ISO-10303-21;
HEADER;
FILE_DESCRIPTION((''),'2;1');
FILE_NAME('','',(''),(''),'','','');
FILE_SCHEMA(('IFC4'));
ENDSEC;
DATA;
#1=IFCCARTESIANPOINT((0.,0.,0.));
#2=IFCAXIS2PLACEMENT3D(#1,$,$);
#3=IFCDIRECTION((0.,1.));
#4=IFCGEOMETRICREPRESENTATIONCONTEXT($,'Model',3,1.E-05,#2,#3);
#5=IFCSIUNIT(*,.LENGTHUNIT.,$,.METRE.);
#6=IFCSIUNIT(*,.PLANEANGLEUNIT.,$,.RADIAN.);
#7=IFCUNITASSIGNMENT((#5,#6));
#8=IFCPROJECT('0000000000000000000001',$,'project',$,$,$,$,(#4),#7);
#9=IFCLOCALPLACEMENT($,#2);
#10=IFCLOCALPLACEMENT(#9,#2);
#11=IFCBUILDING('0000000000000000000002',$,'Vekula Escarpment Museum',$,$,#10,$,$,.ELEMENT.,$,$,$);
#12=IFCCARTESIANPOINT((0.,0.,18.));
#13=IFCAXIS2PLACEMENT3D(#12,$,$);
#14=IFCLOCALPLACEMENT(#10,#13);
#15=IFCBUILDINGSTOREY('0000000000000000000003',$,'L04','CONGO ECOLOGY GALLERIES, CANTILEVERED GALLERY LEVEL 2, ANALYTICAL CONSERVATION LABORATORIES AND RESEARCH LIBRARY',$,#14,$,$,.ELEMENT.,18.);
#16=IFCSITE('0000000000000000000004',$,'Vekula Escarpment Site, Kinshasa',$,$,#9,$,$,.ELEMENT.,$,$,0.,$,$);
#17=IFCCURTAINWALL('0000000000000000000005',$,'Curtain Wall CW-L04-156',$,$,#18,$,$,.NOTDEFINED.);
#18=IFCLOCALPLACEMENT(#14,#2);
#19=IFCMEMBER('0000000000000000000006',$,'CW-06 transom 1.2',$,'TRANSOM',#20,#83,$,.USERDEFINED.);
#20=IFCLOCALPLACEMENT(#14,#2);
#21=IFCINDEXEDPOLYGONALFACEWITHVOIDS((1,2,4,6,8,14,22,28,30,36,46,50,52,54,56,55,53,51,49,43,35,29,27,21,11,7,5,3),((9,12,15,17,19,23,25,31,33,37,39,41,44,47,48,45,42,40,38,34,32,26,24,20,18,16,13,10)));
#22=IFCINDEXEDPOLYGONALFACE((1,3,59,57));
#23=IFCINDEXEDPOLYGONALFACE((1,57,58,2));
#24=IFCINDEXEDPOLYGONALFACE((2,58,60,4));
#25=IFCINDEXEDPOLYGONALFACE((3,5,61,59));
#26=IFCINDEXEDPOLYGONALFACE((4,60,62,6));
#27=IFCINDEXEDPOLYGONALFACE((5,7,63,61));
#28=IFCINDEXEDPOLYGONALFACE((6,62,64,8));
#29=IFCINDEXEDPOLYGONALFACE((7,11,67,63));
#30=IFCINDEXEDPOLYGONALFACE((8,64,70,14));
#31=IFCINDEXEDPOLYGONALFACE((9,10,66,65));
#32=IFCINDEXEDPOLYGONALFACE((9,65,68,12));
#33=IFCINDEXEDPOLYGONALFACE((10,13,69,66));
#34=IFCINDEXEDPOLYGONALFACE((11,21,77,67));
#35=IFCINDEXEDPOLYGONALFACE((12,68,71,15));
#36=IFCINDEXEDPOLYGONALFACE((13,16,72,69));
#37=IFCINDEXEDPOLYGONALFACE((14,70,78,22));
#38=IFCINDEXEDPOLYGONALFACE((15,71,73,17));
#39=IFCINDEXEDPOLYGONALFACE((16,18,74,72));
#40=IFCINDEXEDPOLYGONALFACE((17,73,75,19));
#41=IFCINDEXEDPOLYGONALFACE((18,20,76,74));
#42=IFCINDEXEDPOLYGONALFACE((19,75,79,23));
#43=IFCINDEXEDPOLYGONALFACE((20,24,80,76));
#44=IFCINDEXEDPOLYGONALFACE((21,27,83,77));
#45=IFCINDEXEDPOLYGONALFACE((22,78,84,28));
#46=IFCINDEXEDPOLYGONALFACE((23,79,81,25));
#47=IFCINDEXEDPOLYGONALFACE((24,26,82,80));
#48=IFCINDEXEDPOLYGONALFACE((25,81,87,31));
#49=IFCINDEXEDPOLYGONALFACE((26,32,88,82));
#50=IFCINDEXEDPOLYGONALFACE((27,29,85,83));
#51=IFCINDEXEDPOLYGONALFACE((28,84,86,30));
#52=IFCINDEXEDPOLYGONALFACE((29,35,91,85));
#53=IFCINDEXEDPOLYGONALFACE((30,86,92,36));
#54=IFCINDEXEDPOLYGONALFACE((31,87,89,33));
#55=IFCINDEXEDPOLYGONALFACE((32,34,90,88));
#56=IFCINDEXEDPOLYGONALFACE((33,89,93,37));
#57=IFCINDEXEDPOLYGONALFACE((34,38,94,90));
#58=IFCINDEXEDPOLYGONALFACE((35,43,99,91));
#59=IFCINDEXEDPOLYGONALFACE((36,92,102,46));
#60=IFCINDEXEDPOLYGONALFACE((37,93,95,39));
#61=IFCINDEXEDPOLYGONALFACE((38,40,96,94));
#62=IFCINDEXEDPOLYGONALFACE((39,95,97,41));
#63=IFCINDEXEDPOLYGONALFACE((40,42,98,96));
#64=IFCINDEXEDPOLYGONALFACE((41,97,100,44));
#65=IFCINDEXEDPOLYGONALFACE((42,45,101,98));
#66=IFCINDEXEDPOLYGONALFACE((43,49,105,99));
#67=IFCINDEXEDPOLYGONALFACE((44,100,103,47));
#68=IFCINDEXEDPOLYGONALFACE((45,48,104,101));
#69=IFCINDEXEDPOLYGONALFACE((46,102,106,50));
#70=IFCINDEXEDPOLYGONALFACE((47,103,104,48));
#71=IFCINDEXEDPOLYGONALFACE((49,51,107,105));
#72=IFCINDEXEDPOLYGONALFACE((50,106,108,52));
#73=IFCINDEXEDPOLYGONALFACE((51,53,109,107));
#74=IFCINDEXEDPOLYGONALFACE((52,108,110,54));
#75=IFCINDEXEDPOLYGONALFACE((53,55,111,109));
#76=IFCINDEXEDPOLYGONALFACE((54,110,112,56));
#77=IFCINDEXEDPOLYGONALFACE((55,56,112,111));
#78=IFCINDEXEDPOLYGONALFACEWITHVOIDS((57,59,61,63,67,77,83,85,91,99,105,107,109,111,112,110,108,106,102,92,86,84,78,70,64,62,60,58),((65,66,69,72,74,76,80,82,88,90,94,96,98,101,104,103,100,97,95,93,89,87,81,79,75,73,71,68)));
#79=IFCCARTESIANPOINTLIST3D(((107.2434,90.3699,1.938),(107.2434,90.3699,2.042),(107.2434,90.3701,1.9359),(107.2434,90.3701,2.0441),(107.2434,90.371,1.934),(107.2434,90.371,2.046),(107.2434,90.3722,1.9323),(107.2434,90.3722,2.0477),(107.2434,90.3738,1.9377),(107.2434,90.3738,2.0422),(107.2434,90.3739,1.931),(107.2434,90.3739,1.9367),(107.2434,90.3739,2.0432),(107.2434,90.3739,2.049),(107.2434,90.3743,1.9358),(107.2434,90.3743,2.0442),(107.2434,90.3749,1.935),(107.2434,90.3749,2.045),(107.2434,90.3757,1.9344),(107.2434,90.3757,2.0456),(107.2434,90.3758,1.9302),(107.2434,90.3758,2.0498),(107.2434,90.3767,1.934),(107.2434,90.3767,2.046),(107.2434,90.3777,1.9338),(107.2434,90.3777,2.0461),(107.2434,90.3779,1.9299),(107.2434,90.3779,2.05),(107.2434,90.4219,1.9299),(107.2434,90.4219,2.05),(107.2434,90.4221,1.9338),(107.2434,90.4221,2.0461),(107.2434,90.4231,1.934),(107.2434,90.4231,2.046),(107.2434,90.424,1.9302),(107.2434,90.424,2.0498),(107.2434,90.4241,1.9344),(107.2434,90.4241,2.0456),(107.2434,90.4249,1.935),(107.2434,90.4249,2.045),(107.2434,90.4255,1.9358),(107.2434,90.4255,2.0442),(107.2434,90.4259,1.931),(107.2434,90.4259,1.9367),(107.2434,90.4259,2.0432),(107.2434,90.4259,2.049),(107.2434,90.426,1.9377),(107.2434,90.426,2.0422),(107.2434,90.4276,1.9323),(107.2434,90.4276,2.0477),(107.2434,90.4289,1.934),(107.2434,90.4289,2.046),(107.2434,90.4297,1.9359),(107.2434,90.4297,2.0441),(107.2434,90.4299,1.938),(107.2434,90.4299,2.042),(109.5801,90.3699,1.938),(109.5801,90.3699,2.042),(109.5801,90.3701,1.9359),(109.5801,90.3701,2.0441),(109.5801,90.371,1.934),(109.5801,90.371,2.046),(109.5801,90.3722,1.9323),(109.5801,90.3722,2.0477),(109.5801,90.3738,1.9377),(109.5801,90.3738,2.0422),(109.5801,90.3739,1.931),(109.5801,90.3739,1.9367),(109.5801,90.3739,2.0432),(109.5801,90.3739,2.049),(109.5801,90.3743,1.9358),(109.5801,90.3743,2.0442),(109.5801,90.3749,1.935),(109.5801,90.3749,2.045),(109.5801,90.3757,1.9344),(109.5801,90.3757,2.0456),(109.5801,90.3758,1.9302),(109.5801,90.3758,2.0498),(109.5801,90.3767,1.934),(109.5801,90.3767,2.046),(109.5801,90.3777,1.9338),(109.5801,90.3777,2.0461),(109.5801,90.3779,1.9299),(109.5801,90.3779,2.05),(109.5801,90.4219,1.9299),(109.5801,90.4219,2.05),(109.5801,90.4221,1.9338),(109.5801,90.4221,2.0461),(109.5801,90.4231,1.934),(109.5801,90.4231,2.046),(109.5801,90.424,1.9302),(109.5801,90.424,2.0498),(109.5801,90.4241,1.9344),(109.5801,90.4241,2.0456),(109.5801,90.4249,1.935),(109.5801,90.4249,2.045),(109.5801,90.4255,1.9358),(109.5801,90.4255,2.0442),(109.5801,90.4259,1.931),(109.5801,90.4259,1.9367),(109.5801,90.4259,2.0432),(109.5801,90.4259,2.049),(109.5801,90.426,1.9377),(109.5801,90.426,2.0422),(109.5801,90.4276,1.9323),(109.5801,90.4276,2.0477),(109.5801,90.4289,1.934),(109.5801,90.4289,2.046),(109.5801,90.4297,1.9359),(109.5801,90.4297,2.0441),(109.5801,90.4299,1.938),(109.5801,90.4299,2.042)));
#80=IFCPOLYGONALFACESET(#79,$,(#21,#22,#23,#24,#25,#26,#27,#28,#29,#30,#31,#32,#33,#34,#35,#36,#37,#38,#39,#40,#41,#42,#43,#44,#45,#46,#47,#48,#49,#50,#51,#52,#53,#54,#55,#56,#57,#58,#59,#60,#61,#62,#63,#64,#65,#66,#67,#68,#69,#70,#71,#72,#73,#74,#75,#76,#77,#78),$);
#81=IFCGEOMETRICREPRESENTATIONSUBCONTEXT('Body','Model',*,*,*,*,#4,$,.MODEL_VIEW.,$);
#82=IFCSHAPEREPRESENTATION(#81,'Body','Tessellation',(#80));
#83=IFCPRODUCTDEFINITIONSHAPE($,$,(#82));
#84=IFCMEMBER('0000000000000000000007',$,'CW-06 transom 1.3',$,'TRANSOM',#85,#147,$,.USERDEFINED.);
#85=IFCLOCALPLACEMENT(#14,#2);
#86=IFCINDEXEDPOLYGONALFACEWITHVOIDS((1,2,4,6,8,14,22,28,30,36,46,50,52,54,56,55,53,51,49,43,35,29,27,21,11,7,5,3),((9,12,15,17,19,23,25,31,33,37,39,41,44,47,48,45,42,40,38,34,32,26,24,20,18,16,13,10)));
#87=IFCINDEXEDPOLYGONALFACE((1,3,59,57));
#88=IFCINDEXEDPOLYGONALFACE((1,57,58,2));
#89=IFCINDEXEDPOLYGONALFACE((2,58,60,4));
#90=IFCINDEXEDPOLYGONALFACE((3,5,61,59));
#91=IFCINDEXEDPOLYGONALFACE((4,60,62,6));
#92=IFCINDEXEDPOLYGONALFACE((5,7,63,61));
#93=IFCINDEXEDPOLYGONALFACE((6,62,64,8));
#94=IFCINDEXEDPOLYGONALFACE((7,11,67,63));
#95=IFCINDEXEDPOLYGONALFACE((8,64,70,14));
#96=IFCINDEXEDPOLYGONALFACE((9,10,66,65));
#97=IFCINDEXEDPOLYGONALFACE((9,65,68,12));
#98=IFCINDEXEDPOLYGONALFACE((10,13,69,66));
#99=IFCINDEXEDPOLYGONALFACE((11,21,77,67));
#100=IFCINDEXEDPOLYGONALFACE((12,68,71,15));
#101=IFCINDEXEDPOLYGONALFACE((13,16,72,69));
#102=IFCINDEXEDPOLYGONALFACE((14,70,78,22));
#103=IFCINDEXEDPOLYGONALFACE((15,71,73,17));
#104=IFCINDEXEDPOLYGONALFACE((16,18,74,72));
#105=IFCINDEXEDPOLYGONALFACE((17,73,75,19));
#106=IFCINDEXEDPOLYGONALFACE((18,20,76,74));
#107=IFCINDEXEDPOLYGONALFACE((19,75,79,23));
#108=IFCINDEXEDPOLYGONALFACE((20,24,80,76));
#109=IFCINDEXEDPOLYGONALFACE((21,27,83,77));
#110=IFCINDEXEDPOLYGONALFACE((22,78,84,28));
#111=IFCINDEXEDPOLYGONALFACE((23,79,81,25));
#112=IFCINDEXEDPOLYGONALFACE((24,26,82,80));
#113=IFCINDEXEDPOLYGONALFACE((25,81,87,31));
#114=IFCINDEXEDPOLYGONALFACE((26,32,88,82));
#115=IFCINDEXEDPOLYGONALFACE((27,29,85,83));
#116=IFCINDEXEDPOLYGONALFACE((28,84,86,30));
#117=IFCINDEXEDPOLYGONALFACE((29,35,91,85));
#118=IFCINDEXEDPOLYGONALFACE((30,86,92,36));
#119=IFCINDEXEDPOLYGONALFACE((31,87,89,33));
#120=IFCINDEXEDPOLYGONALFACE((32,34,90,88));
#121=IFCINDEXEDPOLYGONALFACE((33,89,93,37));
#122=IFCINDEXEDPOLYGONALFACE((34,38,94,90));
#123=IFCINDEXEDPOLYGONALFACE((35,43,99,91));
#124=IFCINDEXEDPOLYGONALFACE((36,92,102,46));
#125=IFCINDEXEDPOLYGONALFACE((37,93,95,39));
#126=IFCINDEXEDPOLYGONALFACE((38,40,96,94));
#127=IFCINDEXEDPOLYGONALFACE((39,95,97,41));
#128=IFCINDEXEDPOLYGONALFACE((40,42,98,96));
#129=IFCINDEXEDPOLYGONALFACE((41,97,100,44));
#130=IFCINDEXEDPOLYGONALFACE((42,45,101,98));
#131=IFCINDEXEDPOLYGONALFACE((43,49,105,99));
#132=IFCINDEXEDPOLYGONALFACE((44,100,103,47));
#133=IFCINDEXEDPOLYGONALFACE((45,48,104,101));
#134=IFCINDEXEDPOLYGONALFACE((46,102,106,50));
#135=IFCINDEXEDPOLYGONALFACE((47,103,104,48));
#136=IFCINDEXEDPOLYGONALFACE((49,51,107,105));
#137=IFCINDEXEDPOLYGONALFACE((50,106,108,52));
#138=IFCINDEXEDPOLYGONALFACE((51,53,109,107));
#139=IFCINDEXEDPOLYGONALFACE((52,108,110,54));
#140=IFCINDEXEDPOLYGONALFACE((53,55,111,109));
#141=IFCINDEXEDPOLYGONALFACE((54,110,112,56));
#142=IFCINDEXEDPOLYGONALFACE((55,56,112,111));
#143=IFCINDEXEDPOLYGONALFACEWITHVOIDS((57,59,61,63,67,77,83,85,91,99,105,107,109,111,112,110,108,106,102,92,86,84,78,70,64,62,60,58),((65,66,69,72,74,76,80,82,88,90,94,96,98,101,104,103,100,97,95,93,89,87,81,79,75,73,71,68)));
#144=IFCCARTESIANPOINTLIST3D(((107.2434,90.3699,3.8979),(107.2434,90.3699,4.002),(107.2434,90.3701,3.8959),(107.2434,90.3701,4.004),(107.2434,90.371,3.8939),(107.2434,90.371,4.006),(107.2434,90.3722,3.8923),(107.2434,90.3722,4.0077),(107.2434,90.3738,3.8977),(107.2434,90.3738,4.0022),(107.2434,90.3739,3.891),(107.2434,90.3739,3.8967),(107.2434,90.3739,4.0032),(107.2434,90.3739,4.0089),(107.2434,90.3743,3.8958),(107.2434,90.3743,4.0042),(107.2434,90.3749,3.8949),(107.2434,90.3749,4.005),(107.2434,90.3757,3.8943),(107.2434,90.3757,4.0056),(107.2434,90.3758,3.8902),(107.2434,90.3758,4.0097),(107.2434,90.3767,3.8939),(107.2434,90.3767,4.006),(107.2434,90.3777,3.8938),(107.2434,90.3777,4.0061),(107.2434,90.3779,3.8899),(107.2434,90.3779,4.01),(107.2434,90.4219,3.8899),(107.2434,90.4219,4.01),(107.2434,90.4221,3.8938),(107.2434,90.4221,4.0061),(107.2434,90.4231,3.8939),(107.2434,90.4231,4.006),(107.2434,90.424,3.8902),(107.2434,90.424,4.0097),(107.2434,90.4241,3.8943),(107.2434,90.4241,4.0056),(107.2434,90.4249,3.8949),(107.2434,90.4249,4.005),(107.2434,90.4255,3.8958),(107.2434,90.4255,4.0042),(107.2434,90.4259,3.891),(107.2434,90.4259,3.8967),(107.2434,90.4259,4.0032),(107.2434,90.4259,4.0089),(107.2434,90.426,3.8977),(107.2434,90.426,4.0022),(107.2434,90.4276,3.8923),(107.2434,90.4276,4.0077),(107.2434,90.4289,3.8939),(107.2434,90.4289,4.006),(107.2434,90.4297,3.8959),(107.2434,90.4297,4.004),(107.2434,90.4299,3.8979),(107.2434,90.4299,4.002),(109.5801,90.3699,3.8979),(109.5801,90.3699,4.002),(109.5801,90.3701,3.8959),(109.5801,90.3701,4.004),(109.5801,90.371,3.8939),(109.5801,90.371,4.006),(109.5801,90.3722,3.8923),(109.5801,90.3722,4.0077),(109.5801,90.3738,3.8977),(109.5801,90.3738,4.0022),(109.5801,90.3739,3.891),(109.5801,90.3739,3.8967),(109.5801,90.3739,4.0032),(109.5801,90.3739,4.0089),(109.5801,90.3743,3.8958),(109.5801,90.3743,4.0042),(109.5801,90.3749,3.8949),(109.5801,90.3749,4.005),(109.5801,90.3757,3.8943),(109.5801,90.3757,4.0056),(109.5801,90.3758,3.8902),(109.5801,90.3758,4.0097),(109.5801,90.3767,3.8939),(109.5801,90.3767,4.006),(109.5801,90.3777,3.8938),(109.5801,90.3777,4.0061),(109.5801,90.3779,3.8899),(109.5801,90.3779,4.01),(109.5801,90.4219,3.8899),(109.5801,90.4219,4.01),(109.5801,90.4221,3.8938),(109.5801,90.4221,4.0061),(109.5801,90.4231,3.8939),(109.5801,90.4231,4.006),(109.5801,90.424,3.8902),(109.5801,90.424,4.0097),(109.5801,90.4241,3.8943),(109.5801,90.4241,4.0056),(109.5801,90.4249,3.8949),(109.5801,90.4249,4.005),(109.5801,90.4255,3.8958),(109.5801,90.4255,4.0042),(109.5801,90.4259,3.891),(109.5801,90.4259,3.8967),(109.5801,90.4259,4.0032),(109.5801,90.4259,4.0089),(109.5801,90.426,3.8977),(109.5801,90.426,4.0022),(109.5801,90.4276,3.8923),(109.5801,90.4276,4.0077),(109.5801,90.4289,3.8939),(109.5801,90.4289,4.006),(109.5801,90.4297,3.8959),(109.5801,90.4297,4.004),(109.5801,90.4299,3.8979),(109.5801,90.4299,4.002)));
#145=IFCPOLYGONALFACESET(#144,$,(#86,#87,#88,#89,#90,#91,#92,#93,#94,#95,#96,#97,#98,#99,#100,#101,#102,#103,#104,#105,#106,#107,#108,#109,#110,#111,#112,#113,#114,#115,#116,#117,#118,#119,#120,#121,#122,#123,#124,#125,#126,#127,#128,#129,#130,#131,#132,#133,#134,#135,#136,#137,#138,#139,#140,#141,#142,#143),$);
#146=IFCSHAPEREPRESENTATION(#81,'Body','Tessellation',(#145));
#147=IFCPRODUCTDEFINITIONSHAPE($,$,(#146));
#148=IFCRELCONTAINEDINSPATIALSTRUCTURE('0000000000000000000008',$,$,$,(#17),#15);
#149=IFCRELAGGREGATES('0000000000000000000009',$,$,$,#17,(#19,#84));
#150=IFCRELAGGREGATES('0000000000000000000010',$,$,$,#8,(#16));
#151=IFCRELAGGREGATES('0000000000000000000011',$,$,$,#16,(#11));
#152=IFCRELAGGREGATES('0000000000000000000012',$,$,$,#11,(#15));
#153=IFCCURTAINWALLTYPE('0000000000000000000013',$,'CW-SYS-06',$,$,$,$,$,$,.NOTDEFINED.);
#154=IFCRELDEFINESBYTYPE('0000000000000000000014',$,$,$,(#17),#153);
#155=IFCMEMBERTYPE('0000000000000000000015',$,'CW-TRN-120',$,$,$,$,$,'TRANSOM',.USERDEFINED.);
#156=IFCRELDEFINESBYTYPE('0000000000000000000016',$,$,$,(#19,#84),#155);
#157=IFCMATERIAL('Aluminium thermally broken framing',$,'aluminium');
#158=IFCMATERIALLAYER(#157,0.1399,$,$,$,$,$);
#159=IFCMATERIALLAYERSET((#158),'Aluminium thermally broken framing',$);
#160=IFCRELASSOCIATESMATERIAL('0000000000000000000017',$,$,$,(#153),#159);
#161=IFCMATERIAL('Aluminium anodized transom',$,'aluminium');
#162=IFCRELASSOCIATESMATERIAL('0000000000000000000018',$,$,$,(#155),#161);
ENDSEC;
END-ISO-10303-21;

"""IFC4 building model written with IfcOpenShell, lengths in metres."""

from ifc_helpers import new_model, si_unit, direction, frame, origin, origin_2d, place, context, subcontext, project, spatial, hollow_rectangle, extrude, material, layer, layer_set, material_profile, profile_set, type_object, element, aggregate, save


model = new_model("IFC4")

# Units and contexts
model_context = context("Model", 3, precision=1e-05, world=origin(), true_north=direction((0.0, 1.0)))
body_context = subcontext(model_context, "Body", "Model", "MODEL_VIEW")
ifc_project = project(units=[si_unit("LENGTHUNIT", "METRE"), si_unit("PLANEANGLEUNIT", "RADIAN")], contexts=[model_context])

# Site, building, storey
site_placement = place(None, origin())
site = spatial("IfcSite", under=ifc_project, at=site_placement, Name="Vekula Escarpment Site, Kinshasa", CompositionType="ELEMENT", RefElevation=0.0)
building_placement = place(site_placement, origin())
building = spatial("IfcBuilding", under=site, at=building_placement, Name="Vekula Escarpment Museum", CompositionType="ELEMENT")
storey_placement = place(building_placement, frame((0.0, 0.0, 18.0)))
storey = spatial("IfcBuildingStorey", under=building, at=storey_placement, Name="L04", Description="CONGO ECOLOGY GALLERIES, CANTILEVERED GALLERY LEVEL 2, ANALYTICAL CONSERVATION LABORATORIES AND RESEARCH LIBRARY", CompositionType="ELEMENT", Elevation=18.0)

# Curtain wall, members
ifc_material_1 = material(Name="Aluminium thermally broken framing", Category="aluminium")
ifc_layer_1 = layer(ifc_material_1, 0.1399)
ifc_layer_set_1 = layer_set([ifc_layer_1], Name="Aluminium thermally broken framing")
curtain_wall_type_1 = type_object("IfcCurtainWallType", Name="CW-SYS-06", PredefinedType="NOTDEFINED", material=ifc_layer_set_1)
curtain_wall_1_placement = place(storey_placement, origin())
curtain_wall_1 = element("IfcCurtainWall", 1, at=curtain_wall_1_placement, inside=storey, type_object=curtain_wall_type_1, Name="Curtain Wall CW-L04-156", PredefinedType="NOTDEFINED")
ifc_material_2 = material(Name="Aluminium anodized transom", Category="aluminium")
ifc_material_profile_1 = material_profile(ifc_material_2, hollow_rectangle(XDim=0.0601, YDim=0.1201, WallThickness=0.0039, InnerFilletRadius=0.0039, OuterFilletRadius=0.0081, at=origin_2d()), Name="ALU 120x60x4")
ifc_profile_set_1 = profile_set([ifc_material_profile_1], Name="Aluminium anodized transom")
member_type_1 = type_object("IfcMemberType", Name="CW-TRN-120", ElementType="TRANSOM", PredefinedType="USERDEFINED", material=ifc_profile_set_1)
member_1_placement = place(storey_placement, frame((109.5801, 90.3999, 1.99), z_axis=(-1.0, 0.0, 0.0), x_axis=(0.0, -1.0, 0.0)))
member_1 = element("IfcMember", 2, at=member_1_placement, type_object=member_type_1, Name="CW-06 transom 1.2", ObjectType="TRANSOM", PredefinedType="USERDEFINED", context=body_context, shape_type="SweptSolid", body=[
    extrude(hollow_rectangle(XDim=0.0601, YDim=0.1201, WallThickness=0.0039, InnerFilletRadius=0.0039, OuterFilletRadius=0.0081, at=origin_2d()), origin(), (0.0, 0.0, 1.0), 2.3367),
])
member_2_placement = place(storey_placement, frame((109.5801, 90.3999, 3.95), z_axis=(-1.0, 0.0, 0.0), x_axis=(0.0, -1.0, 0.0)))
member_2 = element("IfcMember", 3, at=member_2_placement, type_object=member_type_1, Name="CW-06 transom 1.3", ObjectType="TRANSOM", PredefinedType="USERDEFINED", context=body_context, shape_type="SweptSolid", body=[
    extrude(hollow_rectangle(XDim=0.0601, YDim=0.1201, WallThickness=0.0039, InnerFilletRadius=0.0039, OuterFilletRadius=0.0081, at=origin_2d()), origin(), (0.0, 0.0, 1.0), 2.3367),
])

aggregate(curtain_wall_1, [member_1, member_2])

save(model, "model.ifc")
